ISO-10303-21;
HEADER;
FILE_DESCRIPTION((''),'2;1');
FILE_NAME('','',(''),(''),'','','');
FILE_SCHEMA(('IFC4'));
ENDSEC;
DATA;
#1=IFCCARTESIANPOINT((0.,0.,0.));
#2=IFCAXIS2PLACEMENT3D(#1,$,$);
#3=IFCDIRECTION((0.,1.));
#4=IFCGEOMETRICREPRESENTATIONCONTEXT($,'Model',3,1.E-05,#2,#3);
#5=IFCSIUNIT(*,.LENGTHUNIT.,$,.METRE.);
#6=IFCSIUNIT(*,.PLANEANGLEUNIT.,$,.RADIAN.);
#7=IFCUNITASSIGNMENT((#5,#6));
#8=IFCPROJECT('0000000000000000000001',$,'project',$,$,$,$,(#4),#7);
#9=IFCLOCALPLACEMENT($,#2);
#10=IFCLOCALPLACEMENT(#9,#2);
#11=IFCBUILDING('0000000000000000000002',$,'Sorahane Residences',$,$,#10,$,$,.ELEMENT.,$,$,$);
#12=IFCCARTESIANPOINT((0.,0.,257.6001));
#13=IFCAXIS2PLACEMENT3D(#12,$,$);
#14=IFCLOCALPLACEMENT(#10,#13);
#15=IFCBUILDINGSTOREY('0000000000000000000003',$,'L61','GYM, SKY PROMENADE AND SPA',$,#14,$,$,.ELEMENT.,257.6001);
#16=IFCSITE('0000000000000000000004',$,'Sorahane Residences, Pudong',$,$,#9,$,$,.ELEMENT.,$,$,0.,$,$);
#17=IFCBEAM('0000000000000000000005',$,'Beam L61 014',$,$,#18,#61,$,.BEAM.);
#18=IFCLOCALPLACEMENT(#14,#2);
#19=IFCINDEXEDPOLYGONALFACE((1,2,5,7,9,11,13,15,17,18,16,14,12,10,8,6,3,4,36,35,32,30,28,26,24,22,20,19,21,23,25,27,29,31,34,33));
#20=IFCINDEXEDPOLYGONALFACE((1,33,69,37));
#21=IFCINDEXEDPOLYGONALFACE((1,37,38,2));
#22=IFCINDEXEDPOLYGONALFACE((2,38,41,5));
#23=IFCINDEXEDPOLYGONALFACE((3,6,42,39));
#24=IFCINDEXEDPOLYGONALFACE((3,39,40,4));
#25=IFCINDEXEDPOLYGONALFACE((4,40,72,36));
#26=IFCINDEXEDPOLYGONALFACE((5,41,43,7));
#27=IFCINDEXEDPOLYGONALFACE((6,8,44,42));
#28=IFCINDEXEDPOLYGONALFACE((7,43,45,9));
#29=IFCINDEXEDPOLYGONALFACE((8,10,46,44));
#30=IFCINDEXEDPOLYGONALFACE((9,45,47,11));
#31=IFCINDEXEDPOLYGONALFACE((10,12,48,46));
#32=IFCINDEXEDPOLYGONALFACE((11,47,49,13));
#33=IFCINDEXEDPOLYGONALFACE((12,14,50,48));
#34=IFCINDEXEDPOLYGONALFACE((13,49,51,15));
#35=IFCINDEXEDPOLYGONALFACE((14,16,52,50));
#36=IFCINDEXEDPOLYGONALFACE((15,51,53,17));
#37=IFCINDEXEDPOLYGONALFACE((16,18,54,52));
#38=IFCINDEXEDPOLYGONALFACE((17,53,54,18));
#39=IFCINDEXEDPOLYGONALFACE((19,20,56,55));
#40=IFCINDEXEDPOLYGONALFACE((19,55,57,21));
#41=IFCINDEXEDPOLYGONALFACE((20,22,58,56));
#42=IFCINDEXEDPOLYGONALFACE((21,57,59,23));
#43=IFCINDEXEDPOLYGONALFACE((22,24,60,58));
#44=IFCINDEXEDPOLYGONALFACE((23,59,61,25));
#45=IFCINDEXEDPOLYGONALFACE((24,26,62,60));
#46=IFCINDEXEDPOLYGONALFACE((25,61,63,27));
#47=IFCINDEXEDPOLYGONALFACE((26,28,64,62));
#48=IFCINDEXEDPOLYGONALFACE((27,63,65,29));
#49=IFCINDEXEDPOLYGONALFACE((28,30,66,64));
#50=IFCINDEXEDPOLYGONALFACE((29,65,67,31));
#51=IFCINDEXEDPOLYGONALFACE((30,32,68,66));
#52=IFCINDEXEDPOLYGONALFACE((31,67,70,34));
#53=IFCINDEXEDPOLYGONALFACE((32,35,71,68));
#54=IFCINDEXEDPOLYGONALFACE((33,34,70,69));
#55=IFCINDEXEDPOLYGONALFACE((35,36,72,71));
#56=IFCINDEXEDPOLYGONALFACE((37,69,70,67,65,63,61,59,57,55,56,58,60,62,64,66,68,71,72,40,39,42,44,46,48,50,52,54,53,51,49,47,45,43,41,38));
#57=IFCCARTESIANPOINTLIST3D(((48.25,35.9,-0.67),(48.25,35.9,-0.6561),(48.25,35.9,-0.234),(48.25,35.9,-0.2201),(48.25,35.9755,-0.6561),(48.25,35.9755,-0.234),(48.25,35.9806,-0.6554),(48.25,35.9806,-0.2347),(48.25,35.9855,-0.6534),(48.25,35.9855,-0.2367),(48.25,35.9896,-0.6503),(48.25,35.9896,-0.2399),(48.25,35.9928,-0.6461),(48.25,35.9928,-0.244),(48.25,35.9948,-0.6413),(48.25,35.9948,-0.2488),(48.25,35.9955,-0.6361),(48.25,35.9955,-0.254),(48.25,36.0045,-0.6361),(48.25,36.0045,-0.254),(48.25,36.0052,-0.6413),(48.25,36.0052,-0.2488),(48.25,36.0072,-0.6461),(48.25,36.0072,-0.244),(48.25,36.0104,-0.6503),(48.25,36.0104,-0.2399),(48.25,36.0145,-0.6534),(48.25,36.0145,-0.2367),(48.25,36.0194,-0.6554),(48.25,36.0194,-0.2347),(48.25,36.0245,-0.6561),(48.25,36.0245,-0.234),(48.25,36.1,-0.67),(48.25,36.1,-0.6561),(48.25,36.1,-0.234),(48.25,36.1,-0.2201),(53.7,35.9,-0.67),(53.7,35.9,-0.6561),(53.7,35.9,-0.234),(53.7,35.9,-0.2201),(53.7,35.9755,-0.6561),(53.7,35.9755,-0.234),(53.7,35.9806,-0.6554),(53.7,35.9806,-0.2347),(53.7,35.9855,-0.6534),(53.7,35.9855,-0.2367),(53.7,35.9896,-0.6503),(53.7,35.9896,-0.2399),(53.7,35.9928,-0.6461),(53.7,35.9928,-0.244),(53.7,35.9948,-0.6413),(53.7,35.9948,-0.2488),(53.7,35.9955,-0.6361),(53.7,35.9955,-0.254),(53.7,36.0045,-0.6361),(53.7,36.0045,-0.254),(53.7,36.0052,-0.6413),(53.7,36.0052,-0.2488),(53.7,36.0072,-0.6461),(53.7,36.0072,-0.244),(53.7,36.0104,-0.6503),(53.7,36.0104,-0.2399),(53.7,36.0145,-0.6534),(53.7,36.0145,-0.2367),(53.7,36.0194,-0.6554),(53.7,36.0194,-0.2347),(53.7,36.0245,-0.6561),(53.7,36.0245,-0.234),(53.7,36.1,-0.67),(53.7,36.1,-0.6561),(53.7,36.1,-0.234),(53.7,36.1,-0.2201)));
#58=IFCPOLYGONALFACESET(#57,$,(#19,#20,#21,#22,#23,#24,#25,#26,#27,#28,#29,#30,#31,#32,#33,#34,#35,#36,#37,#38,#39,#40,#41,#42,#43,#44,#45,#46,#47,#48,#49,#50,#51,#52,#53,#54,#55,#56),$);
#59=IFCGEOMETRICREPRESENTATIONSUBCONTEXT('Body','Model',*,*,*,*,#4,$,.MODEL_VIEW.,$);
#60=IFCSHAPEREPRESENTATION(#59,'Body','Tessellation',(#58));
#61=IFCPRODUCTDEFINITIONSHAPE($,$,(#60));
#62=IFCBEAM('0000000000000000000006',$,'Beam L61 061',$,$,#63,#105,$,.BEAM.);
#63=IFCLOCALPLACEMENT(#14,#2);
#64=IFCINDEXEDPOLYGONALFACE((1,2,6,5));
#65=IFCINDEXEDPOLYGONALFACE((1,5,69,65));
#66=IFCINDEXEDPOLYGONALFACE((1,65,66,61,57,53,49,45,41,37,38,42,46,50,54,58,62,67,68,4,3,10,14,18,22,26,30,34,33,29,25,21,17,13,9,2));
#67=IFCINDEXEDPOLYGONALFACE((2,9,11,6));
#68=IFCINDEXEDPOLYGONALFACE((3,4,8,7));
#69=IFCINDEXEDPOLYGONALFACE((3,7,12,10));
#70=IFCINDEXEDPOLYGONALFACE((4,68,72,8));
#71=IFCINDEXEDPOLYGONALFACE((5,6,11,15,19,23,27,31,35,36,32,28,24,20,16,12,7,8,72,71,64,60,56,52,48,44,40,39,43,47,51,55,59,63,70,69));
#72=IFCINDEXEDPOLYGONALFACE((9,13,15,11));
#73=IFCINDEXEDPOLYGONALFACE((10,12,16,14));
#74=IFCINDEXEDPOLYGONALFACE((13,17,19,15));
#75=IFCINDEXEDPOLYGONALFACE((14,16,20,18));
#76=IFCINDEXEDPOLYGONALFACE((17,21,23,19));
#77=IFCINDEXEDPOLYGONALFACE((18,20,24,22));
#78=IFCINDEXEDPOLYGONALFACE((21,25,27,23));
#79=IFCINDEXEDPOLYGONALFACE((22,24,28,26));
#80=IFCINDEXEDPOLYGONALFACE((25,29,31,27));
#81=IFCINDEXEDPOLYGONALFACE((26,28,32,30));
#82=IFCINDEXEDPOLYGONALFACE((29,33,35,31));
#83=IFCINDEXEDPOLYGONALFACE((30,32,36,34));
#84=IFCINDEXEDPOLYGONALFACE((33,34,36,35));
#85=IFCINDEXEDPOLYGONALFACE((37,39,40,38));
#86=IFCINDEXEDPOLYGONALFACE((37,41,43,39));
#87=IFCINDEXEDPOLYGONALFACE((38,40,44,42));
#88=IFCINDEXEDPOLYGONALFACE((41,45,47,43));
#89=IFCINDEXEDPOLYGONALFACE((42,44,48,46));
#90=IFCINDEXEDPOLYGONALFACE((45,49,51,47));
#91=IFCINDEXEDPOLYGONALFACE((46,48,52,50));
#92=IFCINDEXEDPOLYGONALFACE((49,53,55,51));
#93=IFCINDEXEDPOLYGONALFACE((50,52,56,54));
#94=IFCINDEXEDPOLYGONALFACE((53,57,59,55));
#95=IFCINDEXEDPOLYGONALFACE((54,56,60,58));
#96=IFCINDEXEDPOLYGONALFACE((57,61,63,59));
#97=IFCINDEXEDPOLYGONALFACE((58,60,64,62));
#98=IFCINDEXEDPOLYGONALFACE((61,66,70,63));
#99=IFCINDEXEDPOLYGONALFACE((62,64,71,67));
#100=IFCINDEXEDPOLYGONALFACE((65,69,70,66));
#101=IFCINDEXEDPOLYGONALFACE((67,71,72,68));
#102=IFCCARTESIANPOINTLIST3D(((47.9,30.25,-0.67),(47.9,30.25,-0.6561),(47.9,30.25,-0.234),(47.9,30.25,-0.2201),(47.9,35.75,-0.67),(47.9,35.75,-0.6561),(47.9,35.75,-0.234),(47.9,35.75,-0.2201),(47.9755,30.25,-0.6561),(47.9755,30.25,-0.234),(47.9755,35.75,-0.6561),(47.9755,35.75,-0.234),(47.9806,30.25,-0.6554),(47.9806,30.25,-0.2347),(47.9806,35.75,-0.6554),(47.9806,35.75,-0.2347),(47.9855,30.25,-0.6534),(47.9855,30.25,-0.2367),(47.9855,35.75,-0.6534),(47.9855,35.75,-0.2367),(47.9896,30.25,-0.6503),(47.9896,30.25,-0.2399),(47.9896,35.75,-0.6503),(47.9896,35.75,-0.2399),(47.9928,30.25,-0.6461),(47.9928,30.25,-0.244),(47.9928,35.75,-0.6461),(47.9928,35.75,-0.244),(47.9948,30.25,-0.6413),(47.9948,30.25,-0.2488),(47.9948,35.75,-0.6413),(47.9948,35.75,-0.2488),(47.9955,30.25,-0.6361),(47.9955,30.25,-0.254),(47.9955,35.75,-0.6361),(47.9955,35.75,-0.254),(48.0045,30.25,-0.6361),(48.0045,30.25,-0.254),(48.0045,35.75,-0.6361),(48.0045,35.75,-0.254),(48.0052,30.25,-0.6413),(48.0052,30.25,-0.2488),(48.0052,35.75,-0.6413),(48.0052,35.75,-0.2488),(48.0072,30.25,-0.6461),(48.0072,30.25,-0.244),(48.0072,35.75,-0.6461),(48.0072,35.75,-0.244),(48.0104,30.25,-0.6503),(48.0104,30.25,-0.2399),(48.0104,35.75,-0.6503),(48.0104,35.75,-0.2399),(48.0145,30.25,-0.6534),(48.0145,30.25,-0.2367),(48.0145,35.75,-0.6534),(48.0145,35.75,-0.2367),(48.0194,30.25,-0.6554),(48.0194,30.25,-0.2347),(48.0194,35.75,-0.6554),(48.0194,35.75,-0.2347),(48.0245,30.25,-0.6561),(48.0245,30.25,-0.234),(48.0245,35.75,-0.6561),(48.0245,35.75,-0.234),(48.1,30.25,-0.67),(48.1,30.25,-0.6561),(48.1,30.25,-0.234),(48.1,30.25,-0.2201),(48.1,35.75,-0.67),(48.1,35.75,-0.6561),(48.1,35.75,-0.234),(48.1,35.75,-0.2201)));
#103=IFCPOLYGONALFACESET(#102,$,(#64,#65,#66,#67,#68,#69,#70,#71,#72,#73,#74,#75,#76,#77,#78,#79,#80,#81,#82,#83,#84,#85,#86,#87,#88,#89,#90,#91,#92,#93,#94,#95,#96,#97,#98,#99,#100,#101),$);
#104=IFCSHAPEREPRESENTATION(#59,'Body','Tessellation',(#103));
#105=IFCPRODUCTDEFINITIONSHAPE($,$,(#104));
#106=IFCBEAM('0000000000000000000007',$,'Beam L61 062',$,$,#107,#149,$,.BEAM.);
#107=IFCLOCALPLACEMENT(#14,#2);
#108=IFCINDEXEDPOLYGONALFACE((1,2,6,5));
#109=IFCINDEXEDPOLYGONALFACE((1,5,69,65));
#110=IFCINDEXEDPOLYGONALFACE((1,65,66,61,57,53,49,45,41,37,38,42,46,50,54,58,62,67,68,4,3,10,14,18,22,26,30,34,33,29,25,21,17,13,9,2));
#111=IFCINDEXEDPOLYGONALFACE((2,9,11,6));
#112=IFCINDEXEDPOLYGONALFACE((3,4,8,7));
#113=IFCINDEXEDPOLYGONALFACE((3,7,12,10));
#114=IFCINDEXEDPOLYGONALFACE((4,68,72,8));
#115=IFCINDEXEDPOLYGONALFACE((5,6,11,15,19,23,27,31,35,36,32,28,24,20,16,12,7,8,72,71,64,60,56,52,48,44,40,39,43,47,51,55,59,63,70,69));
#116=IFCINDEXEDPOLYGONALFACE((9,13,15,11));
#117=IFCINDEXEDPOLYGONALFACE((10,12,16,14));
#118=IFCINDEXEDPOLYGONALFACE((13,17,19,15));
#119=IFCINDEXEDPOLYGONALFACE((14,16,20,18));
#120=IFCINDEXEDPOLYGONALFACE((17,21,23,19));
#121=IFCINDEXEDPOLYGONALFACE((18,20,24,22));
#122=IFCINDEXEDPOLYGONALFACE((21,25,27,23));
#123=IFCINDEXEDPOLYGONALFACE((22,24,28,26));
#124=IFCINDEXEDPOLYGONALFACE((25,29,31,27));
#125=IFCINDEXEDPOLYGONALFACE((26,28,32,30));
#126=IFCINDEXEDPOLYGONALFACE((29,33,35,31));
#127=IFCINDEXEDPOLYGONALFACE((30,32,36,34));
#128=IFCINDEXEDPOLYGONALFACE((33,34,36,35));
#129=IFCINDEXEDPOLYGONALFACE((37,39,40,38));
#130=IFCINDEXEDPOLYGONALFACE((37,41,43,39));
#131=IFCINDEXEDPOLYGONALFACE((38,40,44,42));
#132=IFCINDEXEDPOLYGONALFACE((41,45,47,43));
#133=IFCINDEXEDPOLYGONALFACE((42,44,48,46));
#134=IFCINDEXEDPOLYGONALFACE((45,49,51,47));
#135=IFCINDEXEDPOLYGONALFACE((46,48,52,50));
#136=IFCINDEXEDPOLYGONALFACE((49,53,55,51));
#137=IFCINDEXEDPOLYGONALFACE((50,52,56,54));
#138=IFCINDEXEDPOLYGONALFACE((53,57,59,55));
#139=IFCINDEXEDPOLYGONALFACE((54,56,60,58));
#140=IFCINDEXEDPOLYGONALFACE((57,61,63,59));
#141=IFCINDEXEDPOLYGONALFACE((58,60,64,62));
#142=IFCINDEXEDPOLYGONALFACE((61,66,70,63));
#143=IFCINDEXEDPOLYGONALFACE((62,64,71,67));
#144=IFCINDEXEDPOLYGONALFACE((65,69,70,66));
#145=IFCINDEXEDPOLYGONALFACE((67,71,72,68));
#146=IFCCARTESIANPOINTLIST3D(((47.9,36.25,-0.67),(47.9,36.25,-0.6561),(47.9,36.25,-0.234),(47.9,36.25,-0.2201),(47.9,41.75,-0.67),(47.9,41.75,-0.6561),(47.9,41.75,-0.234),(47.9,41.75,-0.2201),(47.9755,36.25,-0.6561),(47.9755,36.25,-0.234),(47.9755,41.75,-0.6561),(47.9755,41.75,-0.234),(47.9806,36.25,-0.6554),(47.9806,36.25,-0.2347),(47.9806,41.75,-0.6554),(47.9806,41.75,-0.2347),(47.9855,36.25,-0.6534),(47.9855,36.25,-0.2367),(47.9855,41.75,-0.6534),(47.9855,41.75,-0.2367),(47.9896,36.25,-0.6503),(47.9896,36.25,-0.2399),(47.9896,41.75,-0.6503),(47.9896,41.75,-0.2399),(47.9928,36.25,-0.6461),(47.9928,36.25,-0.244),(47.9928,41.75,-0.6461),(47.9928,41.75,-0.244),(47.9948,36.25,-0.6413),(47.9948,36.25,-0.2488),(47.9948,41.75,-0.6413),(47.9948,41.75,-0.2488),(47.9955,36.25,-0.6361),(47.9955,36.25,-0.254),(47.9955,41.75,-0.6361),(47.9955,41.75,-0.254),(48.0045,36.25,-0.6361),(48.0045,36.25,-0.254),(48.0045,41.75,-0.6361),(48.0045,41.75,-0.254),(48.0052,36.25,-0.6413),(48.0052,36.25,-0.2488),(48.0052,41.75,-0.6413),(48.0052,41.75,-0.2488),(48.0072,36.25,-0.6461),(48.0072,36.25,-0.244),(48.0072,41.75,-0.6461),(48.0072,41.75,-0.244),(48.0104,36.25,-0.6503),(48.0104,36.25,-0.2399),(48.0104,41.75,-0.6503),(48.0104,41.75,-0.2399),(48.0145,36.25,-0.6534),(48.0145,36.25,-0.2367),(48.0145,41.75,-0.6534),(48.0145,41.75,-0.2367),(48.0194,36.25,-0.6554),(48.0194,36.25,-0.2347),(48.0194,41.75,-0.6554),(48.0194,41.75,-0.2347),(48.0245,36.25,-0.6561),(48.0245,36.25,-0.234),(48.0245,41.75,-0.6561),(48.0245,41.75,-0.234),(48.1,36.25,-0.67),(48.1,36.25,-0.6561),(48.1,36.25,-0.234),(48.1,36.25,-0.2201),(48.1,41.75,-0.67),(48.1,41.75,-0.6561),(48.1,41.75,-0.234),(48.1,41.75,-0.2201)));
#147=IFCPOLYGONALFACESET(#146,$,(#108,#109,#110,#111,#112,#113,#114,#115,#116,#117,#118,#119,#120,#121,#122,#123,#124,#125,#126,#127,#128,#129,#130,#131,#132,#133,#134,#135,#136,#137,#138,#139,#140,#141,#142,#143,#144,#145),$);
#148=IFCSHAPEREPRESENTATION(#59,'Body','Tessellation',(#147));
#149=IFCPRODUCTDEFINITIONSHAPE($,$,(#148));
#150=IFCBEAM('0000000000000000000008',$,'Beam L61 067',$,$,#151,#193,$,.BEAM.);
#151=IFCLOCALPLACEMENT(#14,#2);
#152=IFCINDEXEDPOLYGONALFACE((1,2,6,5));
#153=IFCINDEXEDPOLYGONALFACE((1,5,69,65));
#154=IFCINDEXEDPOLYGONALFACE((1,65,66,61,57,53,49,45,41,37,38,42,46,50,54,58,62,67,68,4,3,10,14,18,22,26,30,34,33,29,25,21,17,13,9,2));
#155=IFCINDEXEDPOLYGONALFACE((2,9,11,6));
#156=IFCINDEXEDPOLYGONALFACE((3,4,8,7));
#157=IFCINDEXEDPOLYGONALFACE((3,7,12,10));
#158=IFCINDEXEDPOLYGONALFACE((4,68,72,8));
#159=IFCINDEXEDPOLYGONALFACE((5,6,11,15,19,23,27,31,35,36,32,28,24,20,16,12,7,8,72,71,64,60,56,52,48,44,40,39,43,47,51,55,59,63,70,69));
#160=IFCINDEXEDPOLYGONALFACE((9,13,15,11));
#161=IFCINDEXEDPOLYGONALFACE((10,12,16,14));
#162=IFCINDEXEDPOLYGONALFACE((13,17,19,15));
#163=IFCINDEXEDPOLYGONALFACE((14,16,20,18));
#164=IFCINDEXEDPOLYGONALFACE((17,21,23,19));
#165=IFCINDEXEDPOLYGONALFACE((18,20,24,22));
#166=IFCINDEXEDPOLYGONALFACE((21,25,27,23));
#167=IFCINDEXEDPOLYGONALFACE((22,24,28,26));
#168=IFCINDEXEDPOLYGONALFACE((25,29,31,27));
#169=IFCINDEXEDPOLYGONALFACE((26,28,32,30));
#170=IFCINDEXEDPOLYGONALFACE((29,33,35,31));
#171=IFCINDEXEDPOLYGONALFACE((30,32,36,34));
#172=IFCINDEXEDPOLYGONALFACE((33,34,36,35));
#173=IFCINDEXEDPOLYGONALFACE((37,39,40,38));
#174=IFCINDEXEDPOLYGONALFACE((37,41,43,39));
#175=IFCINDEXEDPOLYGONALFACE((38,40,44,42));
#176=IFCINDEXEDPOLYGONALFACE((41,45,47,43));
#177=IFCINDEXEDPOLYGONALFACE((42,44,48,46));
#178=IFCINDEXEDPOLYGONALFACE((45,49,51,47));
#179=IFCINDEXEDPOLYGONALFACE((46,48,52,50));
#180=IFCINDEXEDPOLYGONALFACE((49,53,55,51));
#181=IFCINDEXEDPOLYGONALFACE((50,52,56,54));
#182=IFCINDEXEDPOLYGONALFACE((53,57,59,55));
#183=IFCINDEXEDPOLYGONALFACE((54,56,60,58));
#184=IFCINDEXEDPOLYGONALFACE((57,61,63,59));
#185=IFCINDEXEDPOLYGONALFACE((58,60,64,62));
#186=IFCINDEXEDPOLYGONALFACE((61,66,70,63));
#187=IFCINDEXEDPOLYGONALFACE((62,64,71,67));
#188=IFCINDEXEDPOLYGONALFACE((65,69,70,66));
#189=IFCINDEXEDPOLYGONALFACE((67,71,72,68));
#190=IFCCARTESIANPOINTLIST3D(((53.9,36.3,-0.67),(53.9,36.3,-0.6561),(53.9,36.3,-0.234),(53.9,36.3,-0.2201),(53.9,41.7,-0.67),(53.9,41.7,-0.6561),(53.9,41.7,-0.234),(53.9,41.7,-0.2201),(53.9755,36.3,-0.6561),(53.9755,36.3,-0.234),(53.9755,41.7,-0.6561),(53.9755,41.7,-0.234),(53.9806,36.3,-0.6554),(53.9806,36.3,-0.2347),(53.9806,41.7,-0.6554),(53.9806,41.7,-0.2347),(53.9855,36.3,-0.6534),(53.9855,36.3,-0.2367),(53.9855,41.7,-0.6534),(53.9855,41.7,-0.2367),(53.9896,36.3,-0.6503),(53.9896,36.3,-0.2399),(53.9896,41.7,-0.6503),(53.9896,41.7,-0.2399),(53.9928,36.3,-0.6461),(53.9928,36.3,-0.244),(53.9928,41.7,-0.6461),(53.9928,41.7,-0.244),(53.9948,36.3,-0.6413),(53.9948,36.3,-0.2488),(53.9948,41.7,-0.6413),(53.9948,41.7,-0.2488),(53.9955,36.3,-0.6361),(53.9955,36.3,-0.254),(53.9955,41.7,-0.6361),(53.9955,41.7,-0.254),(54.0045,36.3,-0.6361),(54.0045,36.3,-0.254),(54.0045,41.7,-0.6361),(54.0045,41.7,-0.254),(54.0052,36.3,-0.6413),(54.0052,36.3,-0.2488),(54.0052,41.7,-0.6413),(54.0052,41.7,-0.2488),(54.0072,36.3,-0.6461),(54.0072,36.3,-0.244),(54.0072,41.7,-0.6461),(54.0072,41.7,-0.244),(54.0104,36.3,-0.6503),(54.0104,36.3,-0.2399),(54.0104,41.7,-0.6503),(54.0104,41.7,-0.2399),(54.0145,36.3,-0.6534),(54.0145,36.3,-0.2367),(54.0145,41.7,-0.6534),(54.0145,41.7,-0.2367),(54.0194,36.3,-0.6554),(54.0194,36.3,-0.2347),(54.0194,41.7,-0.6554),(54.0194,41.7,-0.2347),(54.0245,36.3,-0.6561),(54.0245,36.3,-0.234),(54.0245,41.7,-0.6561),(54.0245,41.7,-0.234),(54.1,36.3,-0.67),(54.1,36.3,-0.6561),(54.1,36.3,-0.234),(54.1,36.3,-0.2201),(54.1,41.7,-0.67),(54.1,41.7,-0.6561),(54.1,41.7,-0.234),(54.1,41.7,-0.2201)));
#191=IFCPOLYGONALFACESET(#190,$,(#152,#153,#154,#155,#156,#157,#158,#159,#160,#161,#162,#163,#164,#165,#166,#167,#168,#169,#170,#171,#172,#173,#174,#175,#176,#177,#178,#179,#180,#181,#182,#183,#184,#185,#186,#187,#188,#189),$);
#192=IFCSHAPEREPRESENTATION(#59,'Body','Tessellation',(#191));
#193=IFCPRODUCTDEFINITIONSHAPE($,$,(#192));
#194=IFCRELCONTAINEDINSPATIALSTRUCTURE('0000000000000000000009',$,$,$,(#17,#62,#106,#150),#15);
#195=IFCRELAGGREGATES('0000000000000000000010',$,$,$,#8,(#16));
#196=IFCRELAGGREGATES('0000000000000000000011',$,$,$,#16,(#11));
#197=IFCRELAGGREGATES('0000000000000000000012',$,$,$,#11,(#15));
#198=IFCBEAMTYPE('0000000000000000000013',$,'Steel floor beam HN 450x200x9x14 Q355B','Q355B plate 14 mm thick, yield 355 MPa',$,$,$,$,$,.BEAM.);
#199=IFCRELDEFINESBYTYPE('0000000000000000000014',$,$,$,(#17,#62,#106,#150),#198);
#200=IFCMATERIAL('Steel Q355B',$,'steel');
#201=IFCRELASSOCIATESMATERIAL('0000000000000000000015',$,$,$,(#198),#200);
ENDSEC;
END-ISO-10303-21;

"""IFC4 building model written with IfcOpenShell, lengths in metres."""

from ifc_helpers import new_model, si_unit, direction, frame, origin, origin_2d, place, context, subcontext, project, spatial, i_section, extrude, material, material_profile, profile_set, type_object, element, save


model = new_model("IFC4")

# Units and contexts
model_context = context("Model", 3, precision=1e-05, world=origin(), true_north=direction((0.0, 1.0)))
body_context = subcontext(model_context, "Body", "Model", "MODEL_VIEW")
ifc_project = project(units=[si_unit("LENGTHUNIT", "METRE"), si_unit("PLANEANGLEUNIT", "RADIAN")], contexts=[model_context])

# Site, building, storey
site_placement = place(None, origin())
site = spatial("IfcSite", under=ifc_project, at=site_placement, Name="Sorahane Residences, Pudong", CompositionType="ELEMENT", RefElevation=0.0)
building_placement = place(site_placement, origin())
building = spatial("IfcBuilding", under=site, at=building_placement, Name="Sorahane Residences", CompositionType="ELEMENT")
storey_placement = place(building_placement, frame((0.0, 0.0, 257.6001)))
storey = spatial("IfcBuildingStorey", under=building, at=storey_placement, Name="L61", Description="GYM, SKY PROMENADE AND SPA", CompositionType="ELEMENT", Elevation=257.6001)

# Beams
ifc_material_1 = material(Name="Steel Q355B", Category="steel")
ifc_material_profile_1 = material_profile(ifc_material_1, i_section(OverallWidth=0.2, OverallDepth=0.45, WebThickness=0.009, FlangeThickness=0.0139, FilletRadius=0.02, at=origin_2d()), Name="HN 450x200x9x14")
ifc_profile_set_1 = profile_set([ifc_material_profile_1], Name="Steel Q355B")
beam_type_1 = type_object("IfcBeamType", Name="Steel floor beam HN 450x200x9x14 Q355B", Description="Q355B plate 14 mm thick, yield 355 MPa", PredefinedType="BEAM", material=ifc_profile_set_1)
beam_1_placement = place(storey_placement, frame((48.25, 36.0, -0.4451), z_axis=(1.0, 0.0, 0.0), x_axis=(0.0, 1.0, 0.0)))
element("IfcBeam", 1, at=beam_1_placement, inside=storey, type_object=beam_type_1, Name="Beam L61 014", PredefinedType="BEAM", context=body_context, shape_type="SweptSolid", body=[
    extrude(i_section(OverallWidth=0.2, OverallDepth=0.45, WebThickness=0.009, FlangeThickness=0.0139, FilletRadius=0.02, at=origin_2d()), origin(), (0.0, 0.0, 1.0), 5.45),
])
for number, where, z_axis, x_axis, name in (
    (2, (48.0, 30.25, -0.4451), (0.0, 1.0, 0.0), (-1.0, 0.0, 0.0), "Beam L61 061"),
    (3, (48.0, 36.25, -0.4451), (0.0, 1.0, 0.0), (-1.0, 0.0, 0.0), "Beam L61 062"),
):
    element("IfcBeam", number, at=place(storey_placement, frame(where, z_axis=z_axis, x_axis=x_axis)), inside=storey, type_object=beam_type_1, Name=name, PredefinedType="BEAM", context=body_context, shape_type="SweptSolid", body=[
        extrude(i_section(OverallWidth=0.2, OverallDepth=0.45, WebThickness=0.009, FlangeThickness=0.0139, FilletRadius=0.02, at=origin_2d()), origin(), (0.0, 0.0, 1.0), 5.5),
    ])
beam_2_placement = place(storey_placement, frame((54.0, 36.3, -0.4451), z_axis=(0.0, 1.0, 0.0), x_axis=(-1.0, 0.0, 0.0)))
element("IfcBeam", 4, at=beam_2_placement, inside=storey, type_object=beam_type_1, Name="Beam L61 067", PredefinedType="BEAM", context=body_context, shape_type="SweptSolid", body=[
    extrude(i_section(OverallWidth=0.2, OverallDepth=0.45, WebThickness=0.009, FlangeThickness=0.0139, FilletRadius=0.02, at=origin_2d()), origin(), (0.0, 0.0, 1.0), 5.3999),
])

save(model, "model.ifc")
